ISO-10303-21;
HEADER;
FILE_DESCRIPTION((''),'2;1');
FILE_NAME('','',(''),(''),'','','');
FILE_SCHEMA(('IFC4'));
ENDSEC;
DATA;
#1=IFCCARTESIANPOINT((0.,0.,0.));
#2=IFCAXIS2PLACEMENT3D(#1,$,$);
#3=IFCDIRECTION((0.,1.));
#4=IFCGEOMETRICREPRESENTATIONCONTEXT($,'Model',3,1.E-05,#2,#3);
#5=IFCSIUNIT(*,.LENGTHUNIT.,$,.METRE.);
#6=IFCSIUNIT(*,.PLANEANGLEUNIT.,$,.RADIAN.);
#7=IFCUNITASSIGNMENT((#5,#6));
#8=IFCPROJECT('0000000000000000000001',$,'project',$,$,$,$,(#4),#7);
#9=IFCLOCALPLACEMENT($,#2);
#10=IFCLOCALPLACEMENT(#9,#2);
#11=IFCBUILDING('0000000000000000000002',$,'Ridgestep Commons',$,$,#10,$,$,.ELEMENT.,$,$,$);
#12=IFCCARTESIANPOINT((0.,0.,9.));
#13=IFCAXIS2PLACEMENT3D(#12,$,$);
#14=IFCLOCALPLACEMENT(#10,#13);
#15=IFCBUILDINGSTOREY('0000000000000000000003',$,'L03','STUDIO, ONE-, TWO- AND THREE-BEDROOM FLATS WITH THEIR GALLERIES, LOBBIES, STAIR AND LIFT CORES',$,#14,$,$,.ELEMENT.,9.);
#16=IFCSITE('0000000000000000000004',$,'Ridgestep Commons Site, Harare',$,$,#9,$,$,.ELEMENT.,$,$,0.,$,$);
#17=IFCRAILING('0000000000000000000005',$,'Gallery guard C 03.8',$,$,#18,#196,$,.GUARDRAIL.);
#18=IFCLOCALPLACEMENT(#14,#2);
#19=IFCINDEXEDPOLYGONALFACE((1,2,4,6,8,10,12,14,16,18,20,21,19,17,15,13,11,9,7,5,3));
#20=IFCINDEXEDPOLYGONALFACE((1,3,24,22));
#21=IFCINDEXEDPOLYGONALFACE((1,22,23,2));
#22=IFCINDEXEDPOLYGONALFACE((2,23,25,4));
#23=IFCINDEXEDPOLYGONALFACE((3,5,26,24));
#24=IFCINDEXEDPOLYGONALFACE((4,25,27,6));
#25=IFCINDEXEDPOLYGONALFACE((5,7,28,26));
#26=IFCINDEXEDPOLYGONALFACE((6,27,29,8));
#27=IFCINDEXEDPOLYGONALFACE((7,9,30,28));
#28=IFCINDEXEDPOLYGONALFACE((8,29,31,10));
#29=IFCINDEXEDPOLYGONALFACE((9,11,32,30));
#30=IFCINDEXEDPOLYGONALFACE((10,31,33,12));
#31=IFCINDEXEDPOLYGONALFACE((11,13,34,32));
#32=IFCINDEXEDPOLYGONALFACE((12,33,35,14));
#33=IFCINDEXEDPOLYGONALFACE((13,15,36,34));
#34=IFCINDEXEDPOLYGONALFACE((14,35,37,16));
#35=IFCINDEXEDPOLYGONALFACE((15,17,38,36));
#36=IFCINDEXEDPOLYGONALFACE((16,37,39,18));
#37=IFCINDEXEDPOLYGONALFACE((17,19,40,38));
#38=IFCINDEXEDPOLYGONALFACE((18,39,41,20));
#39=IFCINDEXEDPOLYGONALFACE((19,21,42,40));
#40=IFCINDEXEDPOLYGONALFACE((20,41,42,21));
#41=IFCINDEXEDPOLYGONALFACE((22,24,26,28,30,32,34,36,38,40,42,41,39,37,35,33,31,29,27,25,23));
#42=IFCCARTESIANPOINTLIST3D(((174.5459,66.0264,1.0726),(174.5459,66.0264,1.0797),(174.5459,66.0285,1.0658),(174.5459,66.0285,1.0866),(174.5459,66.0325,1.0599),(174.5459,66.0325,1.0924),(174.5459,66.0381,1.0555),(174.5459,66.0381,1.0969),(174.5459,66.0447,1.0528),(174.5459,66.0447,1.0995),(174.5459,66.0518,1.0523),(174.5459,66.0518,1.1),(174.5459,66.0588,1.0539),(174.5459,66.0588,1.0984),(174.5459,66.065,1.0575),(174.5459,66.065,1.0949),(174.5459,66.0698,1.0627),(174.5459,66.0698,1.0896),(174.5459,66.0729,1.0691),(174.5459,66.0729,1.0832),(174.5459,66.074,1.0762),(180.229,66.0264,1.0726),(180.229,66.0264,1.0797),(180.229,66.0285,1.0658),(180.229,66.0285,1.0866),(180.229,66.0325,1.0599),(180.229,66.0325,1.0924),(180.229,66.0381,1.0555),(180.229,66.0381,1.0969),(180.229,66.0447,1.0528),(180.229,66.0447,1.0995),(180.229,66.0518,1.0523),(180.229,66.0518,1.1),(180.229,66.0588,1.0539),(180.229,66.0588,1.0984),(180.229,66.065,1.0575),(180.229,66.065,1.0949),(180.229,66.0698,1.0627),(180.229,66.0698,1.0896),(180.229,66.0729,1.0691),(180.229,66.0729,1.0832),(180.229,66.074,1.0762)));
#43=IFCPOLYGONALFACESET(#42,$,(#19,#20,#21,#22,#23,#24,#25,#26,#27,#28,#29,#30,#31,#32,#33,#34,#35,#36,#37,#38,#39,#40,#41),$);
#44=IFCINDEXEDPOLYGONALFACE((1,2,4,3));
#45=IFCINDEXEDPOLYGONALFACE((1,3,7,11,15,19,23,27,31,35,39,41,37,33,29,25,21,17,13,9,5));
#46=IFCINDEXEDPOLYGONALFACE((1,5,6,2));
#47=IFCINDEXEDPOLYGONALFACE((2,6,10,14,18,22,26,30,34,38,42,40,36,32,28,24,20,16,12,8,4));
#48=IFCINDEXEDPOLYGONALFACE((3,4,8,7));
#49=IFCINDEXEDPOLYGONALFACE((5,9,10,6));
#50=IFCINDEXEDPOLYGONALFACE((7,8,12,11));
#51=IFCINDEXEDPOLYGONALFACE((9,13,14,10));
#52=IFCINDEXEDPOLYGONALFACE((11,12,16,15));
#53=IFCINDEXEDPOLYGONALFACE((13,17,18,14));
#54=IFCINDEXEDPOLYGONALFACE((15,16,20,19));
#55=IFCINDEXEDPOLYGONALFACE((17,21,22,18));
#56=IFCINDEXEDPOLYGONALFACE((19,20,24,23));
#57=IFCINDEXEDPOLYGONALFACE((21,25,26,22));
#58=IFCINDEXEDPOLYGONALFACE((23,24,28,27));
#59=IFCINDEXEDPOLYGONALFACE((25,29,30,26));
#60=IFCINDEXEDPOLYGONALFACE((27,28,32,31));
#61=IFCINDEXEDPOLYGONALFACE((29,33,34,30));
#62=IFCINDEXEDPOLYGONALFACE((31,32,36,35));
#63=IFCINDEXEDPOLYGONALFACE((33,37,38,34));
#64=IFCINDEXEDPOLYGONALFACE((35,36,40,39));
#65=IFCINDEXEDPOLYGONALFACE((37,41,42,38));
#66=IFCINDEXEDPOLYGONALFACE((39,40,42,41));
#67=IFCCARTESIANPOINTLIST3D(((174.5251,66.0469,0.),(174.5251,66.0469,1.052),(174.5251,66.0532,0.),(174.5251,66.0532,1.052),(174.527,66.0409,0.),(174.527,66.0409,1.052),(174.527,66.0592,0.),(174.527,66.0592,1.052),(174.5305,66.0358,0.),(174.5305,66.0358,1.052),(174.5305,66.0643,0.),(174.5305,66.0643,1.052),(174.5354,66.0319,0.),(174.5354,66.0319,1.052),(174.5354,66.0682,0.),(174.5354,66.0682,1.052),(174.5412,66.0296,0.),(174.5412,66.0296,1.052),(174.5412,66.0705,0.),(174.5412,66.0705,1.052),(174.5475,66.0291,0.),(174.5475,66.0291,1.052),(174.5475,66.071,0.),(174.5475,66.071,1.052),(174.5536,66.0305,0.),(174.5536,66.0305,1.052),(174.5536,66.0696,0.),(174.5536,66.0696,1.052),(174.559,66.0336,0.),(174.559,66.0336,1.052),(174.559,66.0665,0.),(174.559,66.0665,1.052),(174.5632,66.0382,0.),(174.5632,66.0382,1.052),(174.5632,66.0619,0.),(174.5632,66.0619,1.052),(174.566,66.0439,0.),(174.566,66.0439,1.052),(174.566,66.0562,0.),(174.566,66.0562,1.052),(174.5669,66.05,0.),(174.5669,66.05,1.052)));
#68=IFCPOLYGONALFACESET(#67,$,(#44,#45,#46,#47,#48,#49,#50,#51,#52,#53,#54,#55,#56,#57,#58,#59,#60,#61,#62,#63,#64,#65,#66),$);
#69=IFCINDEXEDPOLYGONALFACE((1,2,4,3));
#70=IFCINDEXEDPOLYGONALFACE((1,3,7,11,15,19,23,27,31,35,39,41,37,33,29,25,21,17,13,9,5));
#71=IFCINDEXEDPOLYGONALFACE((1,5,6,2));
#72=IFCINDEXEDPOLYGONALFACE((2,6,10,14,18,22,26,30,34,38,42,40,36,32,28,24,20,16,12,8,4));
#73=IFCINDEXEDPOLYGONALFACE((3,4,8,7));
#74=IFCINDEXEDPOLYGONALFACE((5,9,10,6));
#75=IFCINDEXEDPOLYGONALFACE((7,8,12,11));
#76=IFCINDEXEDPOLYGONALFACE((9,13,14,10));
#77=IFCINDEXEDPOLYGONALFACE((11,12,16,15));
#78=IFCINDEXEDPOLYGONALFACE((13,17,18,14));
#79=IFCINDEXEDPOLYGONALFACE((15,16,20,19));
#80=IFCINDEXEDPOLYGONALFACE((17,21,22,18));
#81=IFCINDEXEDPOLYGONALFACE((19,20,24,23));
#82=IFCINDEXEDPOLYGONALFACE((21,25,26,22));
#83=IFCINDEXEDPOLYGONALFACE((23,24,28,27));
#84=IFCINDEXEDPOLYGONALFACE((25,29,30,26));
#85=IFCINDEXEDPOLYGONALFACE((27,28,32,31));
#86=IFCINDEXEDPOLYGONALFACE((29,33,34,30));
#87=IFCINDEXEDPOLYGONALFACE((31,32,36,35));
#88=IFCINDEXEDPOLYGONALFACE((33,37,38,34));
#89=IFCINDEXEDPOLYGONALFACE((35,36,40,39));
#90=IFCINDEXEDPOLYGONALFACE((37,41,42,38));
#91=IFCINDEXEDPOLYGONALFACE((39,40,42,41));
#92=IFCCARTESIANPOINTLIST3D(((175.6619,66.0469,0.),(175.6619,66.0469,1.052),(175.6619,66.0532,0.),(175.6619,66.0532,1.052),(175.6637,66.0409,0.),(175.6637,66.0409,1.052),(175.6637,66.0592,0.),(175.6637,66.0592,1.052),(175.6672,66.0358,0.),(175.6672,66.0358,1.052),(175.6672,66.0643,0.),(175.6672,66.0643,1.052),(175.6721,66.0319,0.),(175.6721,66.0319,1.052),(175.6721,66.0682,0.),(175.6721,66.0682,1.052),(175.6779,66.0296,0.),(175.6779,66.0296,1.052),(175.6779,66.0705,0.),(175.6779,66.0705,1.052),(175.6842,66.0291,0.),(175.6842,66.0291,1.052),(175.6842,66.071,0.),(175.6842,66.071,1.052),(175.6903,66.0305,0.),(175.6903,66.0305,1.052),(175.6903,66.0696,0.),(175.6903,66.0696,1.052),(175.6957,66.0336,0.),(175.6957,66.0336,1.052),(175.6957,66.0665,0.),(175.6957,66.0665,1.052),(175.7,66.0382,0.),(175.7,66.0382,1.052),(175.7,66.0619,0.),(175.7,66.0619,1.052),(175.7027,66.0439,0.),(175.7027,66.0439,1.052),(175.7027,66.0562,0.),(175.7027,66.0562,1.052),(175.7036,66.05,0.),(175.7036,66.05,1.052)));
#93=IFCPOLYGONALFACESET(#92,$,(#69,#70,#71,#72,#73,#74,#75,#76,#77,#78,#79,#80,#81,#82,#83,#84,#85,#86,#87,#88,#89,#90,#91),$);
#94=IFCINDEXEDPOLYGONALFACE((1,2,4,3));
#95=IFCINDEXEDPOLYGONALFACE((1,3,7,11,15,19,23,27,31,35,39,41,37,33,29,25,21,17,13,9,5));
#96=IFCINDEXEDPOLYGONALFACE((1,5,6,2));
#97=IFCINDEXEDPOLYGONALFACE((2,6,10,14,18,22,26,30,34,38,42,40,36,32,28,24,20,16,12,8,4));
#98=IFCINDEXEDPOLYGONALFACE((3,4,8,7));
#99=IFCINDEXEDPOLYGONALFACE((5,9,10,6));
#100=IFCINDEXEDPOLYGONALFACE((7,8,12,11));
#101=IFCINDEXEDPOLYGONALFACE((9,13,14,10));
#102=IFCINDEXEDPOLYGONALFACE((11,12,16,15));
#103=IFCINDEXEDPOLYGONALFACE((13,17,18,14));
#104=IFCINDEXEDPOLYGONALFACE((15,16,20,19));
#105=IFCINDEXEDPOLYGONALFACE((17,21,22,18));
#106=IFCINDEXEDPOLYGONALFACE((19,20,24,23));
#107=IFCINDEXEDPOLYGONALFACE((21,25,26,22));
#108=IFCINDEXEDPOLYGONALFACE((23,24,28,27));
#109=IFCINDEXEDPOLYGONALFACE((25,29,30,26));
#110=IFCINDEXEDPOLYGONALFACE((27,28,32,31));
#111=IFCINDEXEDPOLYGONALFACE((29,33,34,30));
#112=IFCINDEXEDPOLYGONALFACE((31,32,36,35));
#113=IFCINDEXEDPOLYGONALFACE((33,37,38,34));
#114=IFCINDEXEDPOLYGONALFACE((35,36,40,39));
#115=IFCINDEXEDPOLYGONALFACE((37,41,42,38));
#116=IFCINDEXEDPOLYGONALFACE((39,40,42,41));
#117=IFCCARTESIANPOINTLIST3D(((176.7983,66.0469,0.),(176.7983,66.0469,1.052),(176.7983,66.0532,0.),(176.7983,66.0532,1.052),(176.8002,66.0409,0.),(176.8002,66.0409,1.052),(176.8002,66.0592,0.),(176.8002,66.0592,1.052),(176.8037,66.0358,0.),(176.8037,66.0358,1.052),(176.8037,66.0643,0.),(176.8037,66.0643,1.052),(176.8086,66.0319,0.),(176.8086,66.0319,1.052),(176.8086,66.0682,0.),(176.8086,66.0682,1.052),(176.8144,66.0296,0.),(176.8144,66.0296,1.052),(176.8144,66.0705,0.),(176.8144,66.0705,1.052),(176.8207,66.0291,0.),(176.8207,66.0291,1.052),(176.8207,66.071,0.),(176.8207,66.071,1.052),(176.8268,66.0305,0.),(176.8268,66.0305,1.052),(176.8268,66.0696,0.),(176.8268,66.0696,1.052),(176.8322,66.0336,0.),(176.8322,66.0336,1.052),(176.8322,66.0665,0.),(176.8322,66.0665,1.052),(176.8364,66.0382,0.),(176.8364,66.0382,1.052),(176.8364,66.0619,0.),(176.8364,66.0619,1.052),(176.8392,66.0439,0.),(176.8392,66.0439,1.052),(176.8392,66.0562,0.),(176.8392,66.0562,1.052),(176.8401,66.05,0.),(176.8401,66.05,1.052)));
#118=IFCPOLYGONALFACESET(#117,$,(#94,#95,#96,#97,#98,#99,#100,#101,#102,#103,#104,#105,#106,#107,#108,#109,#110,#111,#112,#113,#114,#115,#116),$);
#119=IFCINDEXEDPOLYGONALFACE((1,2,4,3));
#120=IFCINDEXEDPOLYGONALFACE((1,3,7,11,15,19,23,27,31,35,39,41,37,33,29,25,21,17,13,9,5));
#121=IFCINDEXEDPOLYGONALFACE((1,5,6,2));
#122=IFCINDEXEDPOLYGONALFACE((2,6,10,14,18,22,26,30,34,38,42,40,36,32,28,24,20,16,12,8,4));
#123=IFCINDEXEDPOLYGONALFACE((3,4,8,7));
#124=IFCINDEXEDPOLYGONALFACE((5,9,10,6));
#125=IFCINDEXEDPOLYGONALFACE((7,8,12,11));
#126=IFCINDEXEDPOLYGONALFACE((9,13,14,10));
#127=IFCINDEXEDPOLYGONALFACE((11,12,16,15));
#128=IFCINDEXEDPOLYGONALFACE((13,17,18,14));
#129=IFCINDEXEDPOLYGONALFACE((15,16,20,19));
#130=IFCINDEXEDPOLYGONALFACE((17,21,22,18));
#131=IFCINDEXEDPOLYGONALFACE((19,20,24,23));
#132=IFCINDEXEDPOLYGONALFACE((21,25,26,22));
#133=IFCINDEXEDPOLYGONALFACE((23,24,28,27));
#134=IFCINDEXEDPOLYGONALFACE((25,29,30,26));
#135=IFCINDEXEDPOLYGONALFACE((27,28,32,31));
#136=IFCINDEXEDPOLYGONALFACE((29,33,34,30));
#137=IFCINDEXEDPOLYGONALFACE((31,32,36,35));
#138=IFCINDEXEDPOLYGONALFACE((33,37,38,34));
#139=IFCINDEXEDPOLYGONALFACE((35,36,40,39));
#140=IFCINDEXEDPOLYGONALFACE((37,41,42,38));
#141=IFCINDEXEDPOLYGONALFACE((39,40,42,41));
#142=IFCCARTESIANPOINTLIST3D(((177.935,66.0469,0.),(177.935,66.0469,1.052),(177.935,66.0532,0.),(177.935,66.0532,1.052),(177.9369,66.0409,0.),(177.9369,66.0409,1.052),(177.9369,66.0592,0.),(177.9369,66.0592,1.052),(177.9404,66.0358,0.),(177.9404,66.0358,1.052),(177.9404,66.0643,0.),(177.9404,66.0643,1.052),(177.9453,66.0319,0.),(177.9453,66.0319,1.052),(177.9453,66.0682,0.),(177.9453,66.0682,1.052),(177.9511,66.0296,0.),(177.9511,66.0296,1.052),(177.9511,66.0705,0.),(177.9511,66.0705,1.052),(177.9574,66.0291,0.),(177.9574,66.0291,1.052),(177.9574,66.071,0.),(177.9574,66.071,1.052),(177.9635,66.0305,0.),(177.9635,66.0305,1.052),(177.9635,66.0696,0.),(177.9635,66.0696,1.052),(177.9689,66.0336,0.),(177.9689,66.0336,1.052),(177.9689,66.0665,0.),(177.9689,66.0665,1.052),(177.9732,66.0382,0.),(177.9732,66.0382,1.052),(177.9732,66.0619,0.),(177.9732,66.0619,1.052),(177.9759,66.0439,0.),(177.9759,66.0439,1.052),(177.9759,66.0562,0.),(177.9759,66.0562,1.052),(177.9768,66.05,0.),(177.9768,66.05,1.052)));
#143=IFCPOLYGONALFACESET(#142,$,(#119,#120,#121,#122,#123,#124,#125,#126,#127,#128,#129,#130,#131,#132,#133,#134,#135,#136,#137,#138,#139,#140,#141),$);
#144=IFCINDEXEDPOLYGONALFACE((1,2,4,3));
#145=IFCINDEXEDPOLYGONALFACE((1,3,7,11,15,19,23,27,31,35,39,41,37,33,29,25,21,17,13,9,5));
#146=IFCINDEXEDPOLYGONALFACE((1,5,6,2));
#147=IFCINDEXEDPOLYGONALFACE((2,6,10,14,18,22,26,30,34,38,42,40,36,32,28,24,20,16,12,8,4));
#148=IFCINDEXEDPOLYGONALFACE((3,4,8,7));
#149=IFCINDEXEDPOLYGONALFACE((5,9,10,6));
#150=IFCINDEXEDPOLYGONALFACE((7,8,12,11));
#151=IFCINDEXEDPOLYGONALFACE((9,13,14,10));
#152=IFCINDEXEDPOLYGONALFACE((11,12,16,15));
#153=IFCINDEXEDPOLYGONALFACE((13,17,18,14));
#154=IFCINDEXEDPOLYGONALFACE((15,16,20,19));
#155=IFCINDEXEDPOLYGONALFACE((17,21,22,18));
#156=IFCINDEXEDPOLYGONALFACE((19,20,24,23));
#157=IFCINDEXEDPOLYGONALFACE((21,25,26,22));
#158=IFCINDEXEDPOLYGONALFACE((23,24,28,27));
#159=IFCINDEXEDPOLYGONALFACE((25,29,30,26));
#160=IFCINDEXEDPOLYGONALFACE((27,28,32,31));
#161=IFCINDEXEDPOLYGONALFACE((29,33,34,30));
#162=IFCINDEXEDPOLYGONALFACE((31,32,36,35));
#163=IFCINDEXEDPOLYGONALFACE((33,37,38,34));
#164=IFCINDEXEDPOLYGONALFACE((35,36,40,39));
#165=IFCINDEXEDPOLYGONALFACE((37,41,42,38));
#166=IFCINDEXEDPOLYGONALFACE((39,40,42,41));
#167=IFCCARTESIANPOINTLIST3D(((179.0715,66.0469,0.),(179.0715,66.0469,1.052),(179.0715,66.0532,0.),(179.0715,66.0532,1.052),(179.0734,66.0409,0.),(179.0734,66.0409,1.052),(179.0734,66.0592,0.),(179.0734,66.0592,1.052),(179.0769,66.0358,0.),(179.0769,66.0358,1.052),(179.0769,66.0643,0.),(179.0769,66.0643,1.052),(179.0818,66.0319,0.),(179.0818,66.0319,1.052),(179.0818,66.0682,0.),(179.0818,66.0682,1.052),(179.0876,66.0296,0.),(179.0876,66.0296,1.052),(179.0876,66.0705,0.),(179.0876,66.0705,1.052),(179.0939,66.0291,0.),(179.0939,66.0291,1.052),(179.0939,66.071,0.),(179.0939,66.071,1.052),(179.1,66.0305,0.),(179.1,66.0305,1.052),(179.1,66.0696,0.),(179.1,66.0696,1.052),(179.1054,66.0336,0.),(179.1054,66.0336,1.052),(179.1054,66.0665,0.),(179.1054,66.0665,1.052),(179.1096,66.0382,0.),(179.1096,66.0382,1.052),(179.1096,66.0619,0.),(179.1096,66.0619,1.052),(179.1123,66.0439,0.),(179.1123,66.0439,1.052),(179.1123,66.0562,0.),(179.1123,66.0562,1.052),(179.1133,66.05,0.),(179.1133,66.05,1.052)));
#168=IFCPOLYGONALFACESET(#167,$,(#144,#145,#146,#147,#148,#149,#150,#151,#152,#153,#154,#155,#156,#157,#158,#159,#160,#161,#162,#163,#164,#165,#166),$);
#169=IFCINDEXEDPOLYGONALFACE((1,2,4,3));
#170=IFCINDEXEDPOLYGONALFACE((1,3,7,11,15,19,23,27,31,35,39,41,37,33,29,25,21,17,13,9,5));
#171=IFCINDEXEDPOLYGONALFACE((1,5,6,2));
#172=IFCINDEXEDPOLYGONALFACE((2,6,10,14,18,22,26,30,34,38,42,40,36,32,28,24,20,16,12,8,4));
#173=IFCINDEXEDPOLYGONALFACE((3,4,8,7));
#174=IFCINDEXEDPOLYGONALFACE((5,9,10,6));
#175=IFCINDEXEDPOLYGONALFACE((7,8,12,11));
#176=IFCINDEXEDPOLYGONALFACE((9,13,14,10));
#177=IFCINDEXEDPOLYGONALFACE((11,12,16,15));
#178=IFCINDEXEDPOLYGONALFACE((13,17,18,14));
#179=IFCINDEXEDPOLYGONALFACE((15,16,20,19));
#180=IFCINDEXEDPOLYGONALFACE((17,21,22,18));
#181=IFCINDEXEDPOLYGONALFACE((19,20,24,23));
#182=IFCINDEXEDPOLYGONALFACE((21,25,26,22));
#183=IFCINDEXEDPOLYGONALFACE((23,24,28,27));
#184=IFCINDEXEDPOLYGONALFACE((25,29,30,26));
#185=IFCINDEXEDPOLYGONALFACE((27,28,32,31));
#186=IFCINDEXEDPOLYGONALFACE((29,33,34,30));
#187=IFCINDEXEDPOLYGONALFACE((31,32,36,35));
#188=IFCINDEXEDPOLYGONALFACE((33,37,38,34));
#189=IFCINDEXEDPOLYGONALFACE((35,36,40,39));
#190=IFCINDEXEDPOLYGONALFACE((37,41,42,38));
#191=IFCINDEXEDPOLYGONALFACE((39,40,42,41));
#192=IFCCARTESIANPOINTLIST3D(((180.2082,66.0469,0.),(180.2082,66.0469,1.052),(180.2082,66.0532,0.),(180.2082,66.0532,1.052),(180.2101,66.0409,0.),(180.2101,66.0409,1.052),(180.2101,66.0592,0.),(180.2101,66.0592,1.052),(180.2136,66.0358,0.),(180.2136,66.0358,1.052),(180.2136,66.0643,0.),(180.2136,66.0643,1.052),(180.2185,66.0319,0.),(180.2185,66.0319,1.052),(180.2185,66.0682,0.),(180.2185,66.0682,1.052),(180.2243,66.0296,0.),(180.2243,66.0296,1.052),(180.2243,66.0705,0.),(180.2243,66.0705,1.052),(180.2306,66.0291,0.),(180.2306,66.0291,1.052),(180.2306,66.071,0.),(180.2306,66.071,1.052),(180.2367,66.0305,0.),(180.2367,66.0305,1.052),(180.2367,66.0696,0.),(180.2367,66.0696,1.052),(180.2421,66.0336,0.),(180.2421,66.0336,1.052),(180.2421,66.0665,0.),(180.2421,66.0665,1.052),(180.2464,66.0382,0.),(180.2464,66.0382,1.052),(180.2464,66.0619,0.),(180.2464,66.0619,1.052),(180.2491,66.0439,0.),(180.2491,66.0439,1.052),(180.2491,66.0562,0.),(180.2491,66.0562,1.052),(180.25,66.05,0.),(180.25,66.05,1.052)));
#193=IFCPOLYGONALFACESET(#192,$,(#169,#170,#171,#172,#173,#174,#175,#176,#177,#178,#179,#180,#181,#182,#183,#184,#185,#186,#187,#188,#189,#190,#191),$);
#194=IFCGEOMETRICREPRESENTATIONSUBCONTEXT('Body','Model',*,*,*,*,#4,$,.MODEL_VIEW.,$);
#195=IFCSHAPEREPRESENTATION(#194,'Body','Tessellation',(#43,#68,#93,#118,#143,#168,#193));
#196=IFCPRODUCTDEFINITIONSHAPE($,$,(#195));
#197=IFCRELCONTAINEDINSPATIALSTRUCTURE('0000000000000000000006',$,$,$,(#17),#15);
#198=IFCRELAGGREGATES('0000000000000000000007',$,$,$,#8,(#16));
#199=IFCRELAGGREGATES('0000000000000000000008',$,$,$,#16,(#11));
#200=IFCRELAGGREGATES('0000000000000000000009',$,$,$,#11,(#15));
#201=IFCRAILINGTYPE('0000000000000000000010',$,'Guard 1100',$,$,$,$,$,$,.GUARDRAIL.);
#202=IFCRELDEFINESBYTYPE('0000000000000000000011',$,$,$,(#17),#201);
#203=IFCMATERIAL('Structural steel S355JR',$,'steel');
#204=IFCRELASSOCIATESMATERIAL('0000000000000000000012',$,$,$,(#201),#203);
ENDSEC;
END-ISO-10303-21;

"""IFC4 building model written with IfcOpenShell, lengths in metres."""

from ifc_helpers import new_model, si_unit, direction, frame, origin, origin_2d, place, context, subcontext, project, spatial, circle, extrude, material, type_object, element, save


model = new_model("IFC4")

# Units and contexts
model_context = context("Model", 3, precision=1e-05, world=origin(), true_north=direction((0.0, 1.0)))
body_context = subcontext(model_context, "Body", "Model", "MODEL_VIEW")
ifc_project = project(units=[si_unit("LENGTHUNIT", "METRE"), si_unit("PLANEANGLEUNIT", "RADIAN")], contexts=[model_context])

# Site, building, storey
site_placement = place(None, origin())
site = spatial("IfcSite", under=ifc_project, at=site_placement, Name="Ridgestep Commons Site, Harare", CompositionType="ELEMENT", RefElevation=0.0)
building_placement = place(site_placement, origin())
building = spatial("IfcBuilding", under=site, at=building_placement, Name="Ridgestep Commons", CompositionType="ELEMENT")
storey_placement = place(building_placement, frame((0.0, 0.0, 9.0)))
storey = spatial("IfcBuildingStorey", under=building, at=storey_placement, Name="L03", Description="STUDIO, ONE-, TWO- AND THREE-BEDROOM FLATS WITH THEIR GALLERIES, LOBBIES, STAIR AND LIFT CORES", CompositionType="ELEMENT", Elevation=9.0)

# Railing
ifc_material_1 = material(Name="Structural steel S355JR", Category="steel")
railing_type = type_object("IfcRailingType", Name="Guard 1100", PredefinedType="GUARDRAIL", material=ifc_material_1)
railing_1_placement = place(storey_placement, frame((174.5459, 66.05, 0.0)))
element("IfcRailing", 1, at=railing_1_placement, inside=storey, type_object=railing_type, Name="Gallery guard C 03.8", PredefinedType="GUARDRAIL", context=body_context, shape_type="SweptSolid", body=[
    extrude(circle(Radius=0.0239, at=origin_2d()), frame((0.0, 0.0, 1.0762), z_axis=(1.0, 0.0, 0.0), x_axis=(0.0, 1.0, 0.0)), (0.0, 0.0, 1.0), 5.6831),
    extrude(circle(Radius=0.021, at=origin_2d()), origin(), (0.0, 0.0, 1.0), 1.052),
    extrude(circle(Radius=0.021, at=origin_2d()), frame((1.1367, 0.0, 0.0)), (0.0, 0.0, 1.0), 1.052),
    extrude(circle(Radius=0.021, at=origin_2d()), frame((2.2732, 0.0, 0.0)), (0.0, 0.0, 1.0), 1.052),
    extrude(circle(Radius=0.021, at=origin_2d()), frame((3.4099, 0.0, 0.0)), (0.0, 0.0, 1.0), 1.052),
    extrude(circle(Radius=0.021, at=origin_2d()), frame((4.5464, 0.0, 0.0)), (0.0, 0.0, 1.0), 1.052),
    extrude(circle(Radius=0.021, at=origin_2d()), frame((5.6831, 0.0, 0.0)), (0.0, 0.0, 1.0), 1.052),
])

save(model, "model.ifc")
